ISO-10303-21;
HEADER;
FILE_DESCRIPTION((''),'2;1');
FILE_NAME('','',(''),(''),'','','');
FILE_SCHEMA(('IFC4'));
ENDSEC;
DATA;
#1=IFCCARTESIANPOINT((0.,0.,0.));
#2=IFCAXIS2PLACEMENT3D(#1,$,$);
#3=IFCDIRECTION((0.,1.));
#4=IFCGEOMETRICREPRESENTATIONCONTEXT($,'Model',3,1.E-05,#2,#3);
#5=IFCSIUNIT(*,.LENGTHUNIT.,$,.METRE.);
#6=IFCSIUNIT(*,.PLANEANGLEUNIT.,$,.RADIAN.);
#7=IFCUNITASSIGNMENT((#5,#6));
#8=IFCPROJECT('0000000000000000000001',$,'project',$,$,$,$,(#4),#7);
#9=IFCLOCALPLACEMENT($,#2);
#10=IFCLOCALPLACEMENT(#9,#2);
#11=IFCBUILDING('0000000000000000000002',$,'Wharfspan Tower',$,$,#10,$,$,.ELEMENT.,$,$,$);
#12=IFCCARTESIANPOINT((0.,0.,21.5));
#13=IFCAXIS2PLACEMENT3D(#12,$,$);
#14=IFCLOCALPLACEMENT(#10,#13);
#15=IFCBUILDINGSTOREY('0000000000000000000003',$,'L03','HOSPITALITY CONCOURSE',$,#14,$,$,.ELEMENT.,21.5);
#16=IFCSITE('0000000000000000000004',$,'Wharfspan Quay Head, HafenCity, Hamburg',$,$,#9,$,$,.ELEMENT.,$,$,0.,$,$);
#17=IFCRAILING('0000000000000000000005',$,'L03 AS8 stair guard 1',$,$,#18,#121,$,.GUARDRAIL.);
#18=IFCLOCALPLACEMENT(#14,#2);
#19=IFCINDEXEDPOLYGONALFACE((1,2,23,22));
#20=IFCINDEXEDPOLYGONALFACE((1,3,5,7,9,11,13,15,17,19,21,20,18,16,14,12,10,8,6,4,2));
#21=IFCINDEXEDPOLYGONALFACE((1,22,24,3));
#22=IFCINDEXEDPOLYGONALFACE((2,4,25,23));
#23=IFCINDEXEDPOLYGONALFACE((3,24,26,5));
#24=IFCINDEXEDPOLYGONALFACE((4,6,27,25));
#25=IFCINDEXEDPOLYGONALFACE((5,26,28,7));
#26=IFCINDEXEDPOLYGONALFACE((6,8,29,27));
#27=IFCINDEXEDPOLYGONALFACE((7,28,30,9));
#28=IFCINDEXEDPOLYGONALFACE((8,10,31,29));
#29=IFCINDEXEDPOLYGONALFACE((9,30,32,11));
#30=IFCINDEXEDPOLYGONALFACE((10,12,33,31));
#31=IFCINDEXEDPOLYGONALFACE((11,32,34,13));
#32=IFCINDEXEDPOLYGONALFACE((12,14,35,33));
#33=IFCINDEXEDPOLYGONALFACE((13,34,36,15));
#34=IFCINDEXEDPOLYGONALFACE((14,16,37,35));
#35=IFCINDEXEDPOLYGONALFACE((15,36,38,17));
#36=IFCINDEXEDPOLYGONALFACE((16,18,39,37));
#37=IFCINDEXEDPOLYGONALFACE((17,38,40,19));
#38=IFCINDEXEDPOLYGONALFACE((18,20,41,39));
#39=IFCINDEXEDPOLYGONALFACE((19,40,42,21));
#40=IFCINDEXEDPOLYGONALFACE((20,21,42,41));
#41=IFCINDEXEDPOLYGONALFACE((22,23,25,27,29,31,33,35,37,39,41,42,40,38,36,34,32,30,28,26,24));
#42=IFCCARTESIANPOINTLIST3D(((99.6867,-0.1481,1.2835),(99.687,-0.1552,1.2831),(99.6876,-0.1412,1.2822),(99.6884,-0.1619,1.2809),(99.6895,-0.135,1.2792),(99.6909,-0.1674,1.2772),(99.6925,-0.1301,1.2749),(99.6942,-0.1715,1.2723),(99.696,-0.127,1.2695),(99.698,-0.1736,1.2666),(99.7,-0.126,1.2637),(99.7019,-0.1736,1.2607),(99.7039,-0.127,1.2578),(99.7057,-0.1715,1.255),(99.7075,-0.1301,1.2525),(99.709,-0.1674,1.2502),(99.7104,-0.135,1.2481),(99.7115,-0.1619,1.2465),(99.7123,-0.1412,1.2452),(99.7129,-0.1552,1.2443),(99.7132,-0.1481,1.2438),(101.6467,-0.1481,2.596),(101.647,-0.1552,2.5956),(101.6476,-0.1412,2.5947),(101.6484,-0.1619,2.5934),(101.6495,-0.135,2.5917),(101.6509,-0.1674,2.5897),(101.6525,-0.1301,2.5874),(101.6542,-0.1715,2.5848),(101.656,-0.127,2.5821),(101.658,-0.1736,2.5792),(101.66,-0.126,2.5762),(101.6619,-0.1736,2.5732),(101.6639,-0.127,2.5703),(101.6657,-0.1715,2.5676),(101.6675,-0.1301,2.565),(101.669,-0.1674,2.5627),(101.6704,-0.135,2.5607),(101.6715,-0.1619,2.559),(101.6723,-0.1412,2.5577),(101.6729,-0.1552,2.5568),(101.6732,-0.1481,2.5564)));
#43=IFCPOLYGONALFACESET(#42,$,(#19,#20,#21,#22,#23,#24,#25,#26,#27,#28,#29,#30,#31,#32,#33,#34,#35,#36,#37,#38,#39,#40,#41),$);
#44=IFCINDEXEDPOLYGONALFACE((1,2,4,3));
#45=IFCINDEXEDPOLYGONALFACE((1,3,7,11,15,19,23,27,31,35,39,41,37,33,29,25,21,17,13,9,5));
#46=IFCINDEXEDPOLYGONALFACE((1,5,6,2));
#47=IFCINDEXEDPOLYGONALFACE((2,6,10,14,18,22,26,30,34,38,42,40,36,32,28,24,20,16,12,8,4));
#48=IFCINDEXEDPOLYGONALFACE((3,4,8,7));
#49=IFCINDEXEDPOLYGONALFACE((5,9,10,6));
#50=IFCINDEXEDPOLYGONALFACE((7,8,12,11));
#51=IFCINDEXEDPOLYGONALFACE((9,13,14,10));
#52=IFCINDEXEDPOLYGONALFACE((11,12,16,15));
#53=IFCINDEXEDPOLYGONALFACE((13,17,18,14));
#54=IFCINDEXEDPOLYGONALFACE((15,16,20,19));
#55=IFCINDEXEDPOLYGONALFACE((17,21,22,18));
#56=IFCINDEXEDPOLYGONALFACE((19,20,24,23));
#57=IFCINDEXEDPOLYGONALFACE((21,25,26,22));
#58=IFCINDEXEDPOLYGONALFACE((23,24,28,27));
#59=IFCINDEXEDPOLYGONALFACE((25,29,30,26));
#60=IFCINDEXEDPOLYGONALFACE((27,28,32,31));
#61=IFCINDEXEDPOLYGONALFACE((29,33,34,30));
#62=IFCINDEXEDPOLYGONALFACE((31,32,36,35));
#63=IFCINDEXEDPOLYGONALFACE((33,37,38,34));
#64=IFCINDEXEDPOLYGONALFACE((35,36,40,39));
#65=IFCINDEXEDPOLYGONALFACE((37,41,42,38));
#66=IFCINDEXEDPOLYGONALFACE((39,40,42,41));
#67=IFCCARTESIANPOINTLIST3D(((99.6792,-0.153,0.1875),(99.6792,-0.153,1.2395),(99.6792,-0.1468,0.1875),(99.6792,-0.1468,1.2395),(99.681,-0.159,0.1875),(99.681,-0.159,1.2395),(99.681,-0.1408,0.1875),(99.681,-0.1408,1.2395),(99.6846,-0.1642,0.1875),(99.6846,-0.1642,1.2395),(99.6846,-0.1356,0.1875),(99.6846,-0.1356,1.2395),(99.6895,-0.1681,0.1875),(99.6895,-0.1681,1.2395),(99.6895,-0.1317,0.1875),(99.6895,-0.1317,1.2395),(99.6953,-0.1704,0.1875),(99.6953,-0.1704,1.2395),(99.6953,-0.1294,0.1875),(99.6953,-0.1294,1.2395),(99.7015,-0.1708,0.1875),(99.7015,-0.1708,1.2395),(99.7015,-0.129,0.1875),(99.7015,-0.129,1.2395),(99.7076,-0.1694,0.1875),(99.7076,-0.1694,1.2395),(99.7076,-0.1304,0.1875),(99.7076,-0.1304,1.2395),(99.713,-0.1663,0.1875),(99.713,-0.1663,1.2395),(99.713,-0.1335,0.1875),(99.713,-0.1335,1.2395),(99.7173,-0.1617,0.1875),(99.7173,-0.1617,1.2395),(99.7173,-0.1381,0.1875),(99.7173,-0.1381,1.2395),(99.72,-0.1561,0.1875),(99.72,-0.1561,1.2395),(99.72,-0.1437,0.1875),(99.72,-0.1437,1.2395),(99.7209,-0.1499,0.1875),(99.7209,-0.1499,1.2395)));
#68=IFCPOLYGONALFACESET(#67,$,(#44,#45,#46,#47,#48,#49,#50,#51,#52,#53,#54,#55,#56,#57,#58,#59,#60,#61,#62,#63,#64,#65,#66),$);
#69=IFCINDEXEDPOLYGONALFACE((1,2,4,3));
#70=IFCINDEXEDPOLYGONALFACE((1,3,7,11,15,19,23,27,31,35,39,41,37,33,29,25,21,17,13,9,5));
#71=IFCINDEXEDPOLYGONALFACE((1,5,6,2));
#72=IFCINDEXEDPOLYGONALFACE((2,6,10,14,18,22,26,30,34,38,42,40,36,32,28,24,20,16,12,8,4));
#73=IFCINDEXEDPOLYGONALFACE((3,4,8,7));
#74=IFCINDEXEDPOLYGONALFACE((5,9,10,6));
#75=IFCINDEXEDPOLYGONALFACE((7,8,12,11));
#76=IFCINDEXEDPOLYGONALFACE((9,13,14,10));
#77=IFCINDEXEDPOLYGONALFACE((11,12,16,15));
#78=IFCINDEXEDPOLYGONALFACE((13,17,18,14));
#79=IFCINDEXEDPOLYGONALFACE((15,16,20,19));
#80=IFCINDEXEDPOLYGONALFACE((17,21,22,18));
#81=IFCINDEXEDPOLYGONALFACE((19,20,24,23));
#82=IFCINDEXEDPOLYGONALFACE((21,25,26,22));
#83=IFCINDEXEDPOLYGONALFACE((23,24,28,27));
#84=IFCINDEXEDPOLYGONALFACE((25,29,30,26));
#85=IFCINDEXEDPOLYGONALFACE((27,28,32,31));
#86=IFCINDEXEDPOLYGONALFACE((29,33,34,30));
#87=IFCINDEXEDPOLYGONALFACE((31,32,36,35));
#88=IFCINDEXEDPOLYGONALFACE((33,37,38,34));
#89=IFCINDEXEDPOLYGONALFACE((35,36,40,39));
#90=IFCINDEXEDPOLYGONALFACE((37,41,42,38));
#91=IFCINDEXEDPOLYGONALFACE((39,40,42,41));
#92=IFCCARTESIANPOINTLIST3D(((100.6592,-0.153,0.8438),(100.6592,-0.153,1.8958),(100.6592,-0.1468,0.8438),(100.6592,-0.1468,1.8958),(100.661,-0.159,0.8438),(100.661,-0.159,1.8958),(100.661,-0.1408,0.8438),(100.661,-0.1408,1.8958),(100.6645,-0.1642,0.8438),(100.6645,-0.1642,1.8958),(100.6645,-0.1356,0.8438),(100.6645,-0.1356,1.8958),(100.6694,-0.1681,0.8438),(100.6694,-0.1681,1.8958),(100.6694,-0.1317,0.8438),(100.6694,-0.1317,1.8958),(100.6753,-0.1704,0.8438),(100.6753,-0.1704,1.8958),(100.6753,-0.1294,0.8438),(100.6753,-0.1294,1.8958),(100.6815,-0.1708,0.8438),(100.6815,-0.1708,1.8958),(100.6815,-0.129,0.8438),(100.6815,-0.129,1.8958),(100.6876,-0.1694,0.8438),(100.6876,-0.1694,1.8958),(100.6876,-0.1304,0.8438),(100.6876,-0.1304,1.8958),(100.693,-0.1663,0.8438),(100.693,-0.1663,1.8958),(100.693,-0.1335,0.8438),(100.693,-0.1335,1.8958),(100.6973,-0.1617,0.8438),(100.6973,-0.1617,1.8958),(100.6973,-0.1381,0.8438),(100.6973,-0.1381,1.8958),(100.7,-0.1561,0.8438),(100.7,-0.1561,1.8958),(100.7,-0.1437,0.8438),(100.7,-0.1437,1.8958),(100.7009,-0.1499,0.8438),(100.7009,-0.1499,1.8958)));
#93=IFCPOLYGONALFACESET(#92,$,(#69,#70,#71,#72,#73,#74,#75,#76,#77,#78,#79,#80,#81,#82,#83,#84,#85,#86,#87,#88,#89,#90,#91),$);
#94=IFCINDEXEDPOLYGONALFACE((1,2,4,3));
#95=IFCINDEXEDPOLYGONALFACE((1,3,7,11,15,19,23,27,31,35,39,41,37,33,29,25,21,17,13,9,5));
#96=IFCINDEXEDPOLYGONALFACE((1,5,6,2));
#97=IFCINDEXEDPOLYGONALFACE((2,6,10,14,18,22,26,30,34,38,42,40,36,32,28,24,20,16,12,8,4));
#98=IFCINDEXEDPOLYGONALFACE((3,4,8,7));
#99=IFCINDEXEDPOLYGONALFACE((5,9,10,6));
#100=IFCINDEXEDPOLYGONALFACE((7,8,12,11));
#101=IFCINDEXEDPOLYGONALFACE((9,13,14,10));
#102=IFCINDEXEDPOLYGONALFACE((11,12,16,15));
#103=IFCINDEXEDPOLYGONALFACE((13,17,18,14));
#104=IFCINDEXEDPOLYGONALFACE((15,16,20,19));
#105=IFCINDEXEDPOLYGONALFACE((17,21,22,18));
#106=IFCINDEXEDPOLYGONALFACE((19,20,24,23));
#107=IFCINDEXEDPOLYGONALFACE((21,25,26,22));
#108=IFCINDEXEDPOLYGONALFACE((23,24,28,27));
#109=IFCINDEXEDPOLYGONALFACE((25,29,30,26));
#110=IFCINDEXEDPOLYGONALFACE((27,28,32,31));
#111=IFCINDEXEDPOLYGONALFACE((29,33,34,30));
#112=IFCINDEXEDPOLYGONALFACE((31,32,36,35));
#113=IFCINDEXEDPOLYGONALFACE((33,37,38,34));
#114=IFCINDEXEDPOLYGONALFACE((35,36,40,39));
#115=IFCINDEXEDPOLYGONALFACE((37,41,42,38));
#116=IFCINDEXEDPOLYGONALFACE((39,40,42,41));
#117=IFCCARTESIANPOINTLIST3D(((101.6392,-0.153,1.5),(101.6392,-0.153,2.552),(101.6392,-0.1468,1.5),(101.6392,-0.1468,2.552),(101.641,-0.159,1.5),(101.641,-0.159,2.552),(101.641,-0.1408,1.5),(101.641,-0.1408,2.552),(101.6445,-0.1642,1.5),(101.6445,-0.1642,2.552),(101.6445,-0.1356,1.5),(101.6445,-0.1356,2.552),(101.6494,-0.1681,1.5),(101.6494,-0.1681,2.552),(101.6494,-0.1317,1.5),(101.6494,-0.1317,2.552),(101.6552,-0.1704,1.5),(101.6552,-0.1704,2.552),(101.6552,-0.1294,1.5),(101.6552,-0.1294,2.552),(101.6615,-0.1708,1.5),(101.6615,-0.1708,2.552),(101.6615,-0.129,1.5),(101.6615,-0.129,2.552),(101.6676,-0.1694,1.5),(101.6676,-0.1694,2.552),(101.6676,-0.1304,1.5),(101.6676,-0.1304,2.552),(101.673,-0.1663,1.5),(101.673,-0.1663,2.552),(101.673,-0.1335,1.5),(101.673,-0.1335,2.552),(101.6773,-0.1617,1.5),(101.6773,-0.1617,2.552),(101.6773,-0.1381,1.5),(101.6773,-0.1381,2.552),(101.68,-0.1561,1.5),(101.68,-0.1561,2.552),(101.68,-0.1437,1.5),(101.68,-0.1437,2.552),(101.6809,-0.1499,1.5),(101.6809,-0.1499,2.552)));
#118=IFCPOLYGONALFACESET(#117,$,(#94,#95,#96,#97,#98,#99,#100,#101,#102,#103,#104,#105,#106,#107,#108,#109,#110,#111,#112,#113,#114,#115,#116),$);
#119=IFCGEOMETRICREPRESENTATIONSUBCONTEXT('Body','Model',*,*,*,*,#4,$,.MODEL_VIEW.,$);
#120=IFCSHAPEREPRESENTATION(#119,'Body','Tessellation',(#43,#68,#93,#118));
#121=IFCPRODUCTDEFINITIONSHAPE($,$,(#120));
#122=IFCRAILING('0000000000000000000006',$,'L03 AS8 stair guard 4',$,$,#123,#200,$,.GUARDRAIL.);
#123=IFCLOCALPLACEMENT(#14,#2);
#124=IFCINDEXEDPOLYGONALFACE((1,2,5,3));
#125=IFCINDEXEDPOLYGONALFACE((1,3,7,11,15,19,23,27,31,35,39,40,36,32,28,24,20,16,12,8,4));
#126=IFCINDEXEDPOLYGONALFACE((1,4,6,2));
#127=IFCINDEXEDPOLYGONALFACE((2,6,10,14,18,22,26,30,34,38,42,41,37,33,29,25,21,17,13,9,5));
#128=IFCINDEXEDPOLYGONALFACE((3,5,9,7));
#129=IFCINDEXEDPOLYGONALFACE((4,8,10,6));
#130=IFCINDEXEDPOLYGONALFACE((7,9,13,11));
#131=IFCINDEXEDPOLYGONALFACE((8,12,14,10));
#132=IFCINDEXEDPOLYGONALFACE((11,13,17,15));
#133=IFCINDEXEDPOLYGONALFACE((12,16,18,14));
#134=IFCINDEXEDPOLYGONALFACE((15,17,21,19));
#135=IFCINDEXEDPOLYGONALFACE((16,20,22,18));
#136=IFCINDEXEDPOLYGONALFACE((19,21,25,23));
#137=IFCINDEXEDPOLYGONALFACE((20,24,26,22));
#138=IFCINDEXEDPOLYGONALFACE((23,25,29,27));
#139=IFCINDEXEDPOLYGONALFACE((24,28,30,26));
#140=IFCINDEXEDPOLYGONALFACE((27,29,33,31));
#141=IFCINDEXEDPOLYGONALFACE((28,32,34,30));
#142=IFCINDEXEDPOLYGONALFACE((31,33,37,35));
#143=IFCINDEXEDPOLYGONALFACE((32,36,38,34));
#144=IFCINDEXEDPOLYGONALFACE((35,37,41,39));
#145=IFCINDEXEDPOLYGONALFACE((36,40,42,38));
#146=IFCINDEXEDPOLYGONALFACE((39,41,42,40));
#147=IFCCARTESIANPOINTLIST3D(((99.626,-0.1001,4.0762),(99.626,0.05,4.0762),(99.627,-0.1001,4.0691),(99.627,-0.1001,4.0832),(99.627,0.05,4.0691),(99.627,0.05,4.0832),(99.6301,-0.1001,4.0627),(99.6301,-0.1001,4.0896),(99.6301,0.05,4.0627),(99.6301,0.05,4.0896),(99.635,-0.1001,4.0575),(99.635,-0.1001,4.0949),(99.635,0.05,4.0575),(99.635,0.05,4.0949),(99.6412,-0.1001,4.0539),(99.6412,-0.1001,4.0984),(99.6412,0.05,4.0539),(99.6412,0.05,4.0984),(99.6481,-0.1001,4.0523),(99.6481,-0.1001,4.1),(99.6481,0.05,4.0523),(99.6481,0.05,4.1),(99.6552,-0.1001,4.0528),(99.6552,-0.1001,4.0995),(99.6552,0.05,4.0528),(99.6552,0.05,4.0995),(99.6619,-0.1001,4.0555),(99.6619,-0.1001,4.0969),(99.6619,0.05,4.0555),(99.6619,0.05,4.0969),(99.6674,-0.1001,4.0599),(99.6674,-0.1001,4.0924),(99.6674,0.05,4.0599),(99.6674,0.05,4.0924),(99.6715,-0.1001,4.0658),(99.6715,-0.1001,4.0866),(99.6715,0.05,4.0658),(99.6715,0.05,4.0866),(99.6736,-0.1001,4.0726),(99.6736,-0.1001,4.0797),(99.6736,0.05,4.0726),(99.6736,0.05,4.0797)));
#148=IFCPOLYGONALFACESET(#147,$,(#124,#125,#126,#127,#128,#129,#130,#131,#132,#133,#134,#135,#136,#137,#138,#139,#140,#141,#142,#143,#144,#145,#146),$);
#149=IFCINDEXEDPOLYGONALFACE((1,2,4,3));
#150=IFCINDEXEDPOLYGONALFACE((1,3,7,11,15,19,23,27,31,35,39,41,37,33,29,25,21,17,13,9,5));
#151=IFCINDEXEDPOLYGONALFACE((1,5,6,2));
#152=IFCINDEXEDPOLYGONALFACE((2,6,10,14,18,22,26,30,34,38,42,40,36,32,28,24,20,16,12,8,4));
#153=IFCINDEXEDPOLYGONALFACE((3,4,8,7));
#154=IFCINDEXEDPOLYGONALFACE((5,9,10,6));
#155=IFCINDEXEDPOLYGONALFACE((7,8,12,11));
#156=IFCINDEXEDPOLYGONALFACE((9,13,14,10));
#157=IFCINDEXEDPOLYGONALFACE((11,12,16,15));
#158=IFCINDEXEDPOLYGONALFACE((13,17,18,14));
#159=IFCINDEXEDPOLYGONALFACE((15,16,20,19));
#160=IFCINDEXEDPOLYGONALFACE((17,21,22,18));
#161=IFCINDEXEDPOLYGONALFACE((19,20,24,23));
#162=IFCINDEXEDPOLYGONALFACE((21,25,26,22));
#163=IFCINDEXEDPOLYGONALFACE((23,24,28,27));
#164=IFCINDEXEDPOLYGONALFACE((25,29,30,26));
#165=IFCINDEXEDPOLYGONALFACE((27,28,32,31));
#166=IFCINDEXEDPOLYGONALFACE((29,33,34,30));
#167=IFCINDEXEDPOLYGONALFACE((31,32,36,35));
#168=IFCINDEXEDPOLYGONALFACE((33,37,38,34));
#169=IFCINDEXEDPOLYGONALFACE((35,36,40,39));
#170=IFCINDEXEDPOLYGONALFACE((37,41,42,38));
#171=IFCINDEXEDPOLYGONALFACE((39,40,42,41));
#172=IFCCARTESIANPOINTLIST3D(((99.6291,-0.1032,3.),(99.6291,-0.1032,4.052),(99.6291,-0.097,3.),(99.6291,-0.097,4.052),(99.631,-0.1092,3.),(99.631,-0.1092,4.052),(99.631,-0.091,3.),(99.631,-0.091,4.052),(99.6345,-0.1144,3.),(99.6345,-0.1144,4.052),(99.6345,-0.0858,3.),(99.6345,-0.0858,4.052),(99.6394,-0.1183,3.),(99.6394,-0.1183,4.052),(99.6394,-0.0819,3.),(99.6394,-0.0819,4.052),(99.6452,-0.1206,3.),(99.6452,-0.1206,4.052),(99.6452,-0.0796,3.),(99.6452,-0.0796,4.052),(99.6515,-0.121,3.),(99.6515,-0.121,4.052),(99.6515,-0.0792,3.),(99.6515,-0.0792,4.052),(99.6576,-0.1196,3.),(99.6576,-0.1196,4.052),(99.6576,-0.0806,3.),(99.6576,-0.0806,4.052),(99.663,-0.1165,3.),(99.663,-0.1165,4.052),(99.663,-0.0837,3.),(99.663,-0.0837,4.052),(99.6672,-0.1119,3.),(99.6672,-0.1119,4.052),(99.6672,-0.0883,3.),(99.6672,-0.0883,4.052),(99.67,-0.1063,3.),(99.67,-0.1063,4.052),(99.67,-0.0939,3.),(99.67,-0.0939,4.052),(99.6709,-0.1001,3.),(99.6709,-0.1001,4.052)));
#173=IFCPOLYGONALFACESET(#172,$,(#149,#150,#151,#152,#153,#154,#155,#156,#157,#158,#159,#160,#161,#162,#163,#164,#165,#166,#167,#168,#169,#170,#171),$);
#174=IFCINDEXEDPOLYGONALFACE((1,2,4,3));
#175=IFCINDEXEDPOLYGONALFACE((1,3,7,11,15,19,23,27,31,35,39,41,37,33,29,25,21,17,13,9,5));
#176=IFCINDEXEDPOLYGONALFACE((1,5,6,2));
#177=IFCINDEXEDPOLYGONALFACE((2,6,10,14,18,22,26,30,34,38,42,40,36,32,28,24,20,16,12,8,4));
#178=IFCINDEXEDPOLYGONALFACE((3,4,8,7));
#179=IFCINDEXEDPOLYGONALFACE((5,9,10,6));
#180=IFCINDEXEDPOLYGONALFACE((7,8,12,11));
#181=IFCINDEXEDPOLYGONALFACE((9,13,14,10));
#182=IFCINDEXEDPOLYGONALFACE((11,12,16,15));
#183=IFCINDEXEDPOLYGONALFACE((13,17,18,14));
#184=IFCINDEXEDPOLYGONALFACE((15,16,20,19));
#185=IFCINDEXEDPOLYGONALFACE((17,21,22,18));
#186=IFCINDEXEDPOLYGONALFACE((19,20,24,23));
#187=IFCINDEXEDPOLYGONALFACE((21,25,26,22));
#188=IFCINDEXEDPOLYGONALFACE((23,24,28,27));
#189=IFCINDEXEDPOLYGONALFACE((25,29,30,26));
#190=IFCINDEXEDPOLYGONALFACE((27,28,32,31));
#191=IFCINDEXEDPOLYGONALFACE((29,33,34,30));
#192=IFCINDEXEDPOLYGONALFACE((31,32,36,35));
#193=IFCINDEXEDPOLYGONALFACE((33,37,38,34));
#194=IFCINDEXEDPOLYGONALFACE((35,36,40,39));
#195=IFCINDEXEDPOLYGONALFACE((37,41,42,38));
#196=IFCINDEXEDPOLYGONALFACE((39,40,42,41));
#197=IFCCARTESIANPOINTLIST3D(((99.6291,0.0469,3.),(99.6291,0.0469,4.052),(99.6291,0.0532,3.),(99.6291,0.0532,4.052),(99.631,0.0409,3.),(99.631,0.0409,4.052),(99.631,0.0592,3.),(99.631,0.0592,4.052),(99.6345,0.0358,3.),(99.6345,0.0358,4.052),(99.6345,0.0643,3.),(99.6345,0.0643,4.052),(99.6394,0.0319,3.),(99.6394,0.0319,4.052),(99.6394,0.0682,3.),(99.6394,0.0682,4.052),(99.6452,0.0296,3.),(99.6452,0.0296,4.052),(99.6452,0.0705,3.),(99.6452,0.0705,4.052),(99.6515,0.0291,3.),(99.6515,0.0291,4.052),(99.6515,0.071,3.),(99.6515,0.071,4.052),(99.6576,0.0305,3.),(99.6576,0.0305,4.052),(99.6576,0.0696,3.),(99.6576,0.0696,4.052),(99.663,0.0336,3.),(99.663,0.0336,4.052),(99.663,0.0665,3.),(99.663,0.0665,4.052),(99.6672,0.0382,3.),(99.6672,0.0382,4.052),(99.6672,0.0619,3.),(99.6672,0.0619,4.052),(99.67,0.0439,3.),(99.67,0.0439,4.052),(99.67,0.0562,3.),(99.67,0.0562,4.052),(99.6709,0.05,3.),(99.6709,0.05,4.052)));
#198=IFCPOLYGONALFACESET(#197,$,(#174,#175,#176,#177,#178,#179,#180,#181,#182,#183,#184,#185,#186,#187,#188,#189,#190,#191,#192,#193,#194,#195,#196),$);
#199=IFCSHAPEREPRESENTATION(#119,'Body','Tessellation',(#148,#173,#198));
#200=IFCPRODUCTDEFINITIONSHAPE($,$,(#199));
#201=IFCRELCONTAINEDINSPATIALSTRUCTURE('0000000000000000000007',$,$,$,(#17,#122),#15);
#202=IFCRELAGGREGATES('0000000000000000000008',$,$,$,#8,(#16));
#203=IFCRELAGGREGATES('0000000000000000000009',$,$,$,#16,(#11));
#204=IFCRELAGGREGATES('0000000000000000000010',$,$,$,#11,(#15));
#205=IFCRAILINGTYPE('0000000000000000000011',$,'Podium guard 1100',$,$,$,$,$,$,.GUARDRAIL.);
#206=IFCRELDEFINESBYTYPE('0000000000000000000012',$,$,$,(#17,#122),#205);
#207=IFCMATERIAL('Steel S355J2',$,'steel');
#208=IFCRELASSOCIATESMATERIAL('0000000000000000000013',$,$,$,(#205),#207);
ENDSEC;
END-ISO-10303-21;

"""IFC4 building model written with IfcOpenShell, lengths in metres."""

from ifc_helpers import new_model, si_unit, direction, frame, origin, origin_2d, place, context, subcontext, project, spatial, circle, extrude, material, type_object, element, save


model = new_model("IFC4")

# Units and contexts
model_context = context("Model", 3, precision=1e-05, world=origin(), true_north=direction((0.0, 1.0)))
body_context = subcontext(model_context, "Body", "Model", "MODEL_VIEW")
ifc_project = project(units=[si_unit("LENGTHUNIT", "METRE"), si_unit("PLANEANGLEUNIT", "RADIAN")], contexts=[model_context])

# Site, building, storey
site_placement = place(None, origin())
site = spatial("IfcSite", under=ifc_project, at=site_placement, Name="Wharfspan Quay Head, HafenCity, Hamburg", CompositionType="ELEMENT", RefElevation=0.0)
building_placement = place(site_placement, origin())
building = spatial("IfcBuilding", under=site, at=building_placement, Name="Wharfspan Tower", CompositionType="ELEMENT")
storey_placement = place(building_placement, frame((0.0, 0.0, 21.5)))
storey = spatial("IfcBuildingStorey", under=building, at=storey_placement, Name="L03", Description="HOSPITALITY CONCOURSE", CompositionType="ELEMENT", Elevation=21.5)

# Railings
ifc_material_1 = material(Name="Steel S355J2", Category="steel")
railing_type_1 = type_object("IfcRailingType", Name="Podium guard 1100", PredefinedType="GUARDRAIL", material=ifc_material_1)
railing_1_placement = place(storey_placement, frame((99.7, -0.1499, 0.1875)))
element("IfcRailing", 1, at=railing_1_placement, inside=storey, type_object=railing_type_1, Name="L03 AS8 stair guard 1", PredefinedType="GUARDRAIL", context=body_context, shape_type="SweptSolid", body=[
    extrude(circle(Radius=0.0239, at=origin_2d()), frame((0.0, 0.0, 1.0762), z_axis=(0.830902, 0.0, 0.556419), x_axis=(0.0, 1.0, 0.0)), (0.0, 0.0, 1.0), 2.3589),
    extrude(circle(Radius=0.021, at=origin_2d()), origin(), (0.0, 0.0, 1.0), 1.052),
    extrude(circle(Radius=0.021, at=origin_2d()), frame((0.98, 0.0, 0.6562)), (0.0, 0.0, 1.0), 1.052),
    extrude(circle(Radius=0.021, at=origin_2d()), frame((1.96, 0.0, 1.3125)), (0.0, 0.0, 1.0), 1.052),
])
railing_2_placement = place(storey_placement, frame((99.6499, -0.1001, 3.0)))
element("IfcRailing", 2, at=railing_2_placement, inside=storey, type_object=railing_type_1, Name="L03 AS8 stair guard 4", PredefinedType="GUARDRAIL", context=body_context, shape_type="SweptSolid", body=[
    extrude(circle(Radius=0.0239, at=origin_2d()), frame((0.0, 0.0, 1.0762), z_axis=(0.0, 1.0, 0.0), x_axis=(-1.0, 0.0, 0.0)), (0.0, 0.0, 1.0), 0.1501),
    extrude(circle(Radius=0.021, at=origin_2d()), origin(), (0.0, 0.0, 1.0), 1.052),
    extrude(circle(Radius=0.021, at=origin_2d()), frame((0.0, 0.1501, 0.0)), (0.0, 0.0, 1.0), 1.052),
])

save(model, "model.ifc")
